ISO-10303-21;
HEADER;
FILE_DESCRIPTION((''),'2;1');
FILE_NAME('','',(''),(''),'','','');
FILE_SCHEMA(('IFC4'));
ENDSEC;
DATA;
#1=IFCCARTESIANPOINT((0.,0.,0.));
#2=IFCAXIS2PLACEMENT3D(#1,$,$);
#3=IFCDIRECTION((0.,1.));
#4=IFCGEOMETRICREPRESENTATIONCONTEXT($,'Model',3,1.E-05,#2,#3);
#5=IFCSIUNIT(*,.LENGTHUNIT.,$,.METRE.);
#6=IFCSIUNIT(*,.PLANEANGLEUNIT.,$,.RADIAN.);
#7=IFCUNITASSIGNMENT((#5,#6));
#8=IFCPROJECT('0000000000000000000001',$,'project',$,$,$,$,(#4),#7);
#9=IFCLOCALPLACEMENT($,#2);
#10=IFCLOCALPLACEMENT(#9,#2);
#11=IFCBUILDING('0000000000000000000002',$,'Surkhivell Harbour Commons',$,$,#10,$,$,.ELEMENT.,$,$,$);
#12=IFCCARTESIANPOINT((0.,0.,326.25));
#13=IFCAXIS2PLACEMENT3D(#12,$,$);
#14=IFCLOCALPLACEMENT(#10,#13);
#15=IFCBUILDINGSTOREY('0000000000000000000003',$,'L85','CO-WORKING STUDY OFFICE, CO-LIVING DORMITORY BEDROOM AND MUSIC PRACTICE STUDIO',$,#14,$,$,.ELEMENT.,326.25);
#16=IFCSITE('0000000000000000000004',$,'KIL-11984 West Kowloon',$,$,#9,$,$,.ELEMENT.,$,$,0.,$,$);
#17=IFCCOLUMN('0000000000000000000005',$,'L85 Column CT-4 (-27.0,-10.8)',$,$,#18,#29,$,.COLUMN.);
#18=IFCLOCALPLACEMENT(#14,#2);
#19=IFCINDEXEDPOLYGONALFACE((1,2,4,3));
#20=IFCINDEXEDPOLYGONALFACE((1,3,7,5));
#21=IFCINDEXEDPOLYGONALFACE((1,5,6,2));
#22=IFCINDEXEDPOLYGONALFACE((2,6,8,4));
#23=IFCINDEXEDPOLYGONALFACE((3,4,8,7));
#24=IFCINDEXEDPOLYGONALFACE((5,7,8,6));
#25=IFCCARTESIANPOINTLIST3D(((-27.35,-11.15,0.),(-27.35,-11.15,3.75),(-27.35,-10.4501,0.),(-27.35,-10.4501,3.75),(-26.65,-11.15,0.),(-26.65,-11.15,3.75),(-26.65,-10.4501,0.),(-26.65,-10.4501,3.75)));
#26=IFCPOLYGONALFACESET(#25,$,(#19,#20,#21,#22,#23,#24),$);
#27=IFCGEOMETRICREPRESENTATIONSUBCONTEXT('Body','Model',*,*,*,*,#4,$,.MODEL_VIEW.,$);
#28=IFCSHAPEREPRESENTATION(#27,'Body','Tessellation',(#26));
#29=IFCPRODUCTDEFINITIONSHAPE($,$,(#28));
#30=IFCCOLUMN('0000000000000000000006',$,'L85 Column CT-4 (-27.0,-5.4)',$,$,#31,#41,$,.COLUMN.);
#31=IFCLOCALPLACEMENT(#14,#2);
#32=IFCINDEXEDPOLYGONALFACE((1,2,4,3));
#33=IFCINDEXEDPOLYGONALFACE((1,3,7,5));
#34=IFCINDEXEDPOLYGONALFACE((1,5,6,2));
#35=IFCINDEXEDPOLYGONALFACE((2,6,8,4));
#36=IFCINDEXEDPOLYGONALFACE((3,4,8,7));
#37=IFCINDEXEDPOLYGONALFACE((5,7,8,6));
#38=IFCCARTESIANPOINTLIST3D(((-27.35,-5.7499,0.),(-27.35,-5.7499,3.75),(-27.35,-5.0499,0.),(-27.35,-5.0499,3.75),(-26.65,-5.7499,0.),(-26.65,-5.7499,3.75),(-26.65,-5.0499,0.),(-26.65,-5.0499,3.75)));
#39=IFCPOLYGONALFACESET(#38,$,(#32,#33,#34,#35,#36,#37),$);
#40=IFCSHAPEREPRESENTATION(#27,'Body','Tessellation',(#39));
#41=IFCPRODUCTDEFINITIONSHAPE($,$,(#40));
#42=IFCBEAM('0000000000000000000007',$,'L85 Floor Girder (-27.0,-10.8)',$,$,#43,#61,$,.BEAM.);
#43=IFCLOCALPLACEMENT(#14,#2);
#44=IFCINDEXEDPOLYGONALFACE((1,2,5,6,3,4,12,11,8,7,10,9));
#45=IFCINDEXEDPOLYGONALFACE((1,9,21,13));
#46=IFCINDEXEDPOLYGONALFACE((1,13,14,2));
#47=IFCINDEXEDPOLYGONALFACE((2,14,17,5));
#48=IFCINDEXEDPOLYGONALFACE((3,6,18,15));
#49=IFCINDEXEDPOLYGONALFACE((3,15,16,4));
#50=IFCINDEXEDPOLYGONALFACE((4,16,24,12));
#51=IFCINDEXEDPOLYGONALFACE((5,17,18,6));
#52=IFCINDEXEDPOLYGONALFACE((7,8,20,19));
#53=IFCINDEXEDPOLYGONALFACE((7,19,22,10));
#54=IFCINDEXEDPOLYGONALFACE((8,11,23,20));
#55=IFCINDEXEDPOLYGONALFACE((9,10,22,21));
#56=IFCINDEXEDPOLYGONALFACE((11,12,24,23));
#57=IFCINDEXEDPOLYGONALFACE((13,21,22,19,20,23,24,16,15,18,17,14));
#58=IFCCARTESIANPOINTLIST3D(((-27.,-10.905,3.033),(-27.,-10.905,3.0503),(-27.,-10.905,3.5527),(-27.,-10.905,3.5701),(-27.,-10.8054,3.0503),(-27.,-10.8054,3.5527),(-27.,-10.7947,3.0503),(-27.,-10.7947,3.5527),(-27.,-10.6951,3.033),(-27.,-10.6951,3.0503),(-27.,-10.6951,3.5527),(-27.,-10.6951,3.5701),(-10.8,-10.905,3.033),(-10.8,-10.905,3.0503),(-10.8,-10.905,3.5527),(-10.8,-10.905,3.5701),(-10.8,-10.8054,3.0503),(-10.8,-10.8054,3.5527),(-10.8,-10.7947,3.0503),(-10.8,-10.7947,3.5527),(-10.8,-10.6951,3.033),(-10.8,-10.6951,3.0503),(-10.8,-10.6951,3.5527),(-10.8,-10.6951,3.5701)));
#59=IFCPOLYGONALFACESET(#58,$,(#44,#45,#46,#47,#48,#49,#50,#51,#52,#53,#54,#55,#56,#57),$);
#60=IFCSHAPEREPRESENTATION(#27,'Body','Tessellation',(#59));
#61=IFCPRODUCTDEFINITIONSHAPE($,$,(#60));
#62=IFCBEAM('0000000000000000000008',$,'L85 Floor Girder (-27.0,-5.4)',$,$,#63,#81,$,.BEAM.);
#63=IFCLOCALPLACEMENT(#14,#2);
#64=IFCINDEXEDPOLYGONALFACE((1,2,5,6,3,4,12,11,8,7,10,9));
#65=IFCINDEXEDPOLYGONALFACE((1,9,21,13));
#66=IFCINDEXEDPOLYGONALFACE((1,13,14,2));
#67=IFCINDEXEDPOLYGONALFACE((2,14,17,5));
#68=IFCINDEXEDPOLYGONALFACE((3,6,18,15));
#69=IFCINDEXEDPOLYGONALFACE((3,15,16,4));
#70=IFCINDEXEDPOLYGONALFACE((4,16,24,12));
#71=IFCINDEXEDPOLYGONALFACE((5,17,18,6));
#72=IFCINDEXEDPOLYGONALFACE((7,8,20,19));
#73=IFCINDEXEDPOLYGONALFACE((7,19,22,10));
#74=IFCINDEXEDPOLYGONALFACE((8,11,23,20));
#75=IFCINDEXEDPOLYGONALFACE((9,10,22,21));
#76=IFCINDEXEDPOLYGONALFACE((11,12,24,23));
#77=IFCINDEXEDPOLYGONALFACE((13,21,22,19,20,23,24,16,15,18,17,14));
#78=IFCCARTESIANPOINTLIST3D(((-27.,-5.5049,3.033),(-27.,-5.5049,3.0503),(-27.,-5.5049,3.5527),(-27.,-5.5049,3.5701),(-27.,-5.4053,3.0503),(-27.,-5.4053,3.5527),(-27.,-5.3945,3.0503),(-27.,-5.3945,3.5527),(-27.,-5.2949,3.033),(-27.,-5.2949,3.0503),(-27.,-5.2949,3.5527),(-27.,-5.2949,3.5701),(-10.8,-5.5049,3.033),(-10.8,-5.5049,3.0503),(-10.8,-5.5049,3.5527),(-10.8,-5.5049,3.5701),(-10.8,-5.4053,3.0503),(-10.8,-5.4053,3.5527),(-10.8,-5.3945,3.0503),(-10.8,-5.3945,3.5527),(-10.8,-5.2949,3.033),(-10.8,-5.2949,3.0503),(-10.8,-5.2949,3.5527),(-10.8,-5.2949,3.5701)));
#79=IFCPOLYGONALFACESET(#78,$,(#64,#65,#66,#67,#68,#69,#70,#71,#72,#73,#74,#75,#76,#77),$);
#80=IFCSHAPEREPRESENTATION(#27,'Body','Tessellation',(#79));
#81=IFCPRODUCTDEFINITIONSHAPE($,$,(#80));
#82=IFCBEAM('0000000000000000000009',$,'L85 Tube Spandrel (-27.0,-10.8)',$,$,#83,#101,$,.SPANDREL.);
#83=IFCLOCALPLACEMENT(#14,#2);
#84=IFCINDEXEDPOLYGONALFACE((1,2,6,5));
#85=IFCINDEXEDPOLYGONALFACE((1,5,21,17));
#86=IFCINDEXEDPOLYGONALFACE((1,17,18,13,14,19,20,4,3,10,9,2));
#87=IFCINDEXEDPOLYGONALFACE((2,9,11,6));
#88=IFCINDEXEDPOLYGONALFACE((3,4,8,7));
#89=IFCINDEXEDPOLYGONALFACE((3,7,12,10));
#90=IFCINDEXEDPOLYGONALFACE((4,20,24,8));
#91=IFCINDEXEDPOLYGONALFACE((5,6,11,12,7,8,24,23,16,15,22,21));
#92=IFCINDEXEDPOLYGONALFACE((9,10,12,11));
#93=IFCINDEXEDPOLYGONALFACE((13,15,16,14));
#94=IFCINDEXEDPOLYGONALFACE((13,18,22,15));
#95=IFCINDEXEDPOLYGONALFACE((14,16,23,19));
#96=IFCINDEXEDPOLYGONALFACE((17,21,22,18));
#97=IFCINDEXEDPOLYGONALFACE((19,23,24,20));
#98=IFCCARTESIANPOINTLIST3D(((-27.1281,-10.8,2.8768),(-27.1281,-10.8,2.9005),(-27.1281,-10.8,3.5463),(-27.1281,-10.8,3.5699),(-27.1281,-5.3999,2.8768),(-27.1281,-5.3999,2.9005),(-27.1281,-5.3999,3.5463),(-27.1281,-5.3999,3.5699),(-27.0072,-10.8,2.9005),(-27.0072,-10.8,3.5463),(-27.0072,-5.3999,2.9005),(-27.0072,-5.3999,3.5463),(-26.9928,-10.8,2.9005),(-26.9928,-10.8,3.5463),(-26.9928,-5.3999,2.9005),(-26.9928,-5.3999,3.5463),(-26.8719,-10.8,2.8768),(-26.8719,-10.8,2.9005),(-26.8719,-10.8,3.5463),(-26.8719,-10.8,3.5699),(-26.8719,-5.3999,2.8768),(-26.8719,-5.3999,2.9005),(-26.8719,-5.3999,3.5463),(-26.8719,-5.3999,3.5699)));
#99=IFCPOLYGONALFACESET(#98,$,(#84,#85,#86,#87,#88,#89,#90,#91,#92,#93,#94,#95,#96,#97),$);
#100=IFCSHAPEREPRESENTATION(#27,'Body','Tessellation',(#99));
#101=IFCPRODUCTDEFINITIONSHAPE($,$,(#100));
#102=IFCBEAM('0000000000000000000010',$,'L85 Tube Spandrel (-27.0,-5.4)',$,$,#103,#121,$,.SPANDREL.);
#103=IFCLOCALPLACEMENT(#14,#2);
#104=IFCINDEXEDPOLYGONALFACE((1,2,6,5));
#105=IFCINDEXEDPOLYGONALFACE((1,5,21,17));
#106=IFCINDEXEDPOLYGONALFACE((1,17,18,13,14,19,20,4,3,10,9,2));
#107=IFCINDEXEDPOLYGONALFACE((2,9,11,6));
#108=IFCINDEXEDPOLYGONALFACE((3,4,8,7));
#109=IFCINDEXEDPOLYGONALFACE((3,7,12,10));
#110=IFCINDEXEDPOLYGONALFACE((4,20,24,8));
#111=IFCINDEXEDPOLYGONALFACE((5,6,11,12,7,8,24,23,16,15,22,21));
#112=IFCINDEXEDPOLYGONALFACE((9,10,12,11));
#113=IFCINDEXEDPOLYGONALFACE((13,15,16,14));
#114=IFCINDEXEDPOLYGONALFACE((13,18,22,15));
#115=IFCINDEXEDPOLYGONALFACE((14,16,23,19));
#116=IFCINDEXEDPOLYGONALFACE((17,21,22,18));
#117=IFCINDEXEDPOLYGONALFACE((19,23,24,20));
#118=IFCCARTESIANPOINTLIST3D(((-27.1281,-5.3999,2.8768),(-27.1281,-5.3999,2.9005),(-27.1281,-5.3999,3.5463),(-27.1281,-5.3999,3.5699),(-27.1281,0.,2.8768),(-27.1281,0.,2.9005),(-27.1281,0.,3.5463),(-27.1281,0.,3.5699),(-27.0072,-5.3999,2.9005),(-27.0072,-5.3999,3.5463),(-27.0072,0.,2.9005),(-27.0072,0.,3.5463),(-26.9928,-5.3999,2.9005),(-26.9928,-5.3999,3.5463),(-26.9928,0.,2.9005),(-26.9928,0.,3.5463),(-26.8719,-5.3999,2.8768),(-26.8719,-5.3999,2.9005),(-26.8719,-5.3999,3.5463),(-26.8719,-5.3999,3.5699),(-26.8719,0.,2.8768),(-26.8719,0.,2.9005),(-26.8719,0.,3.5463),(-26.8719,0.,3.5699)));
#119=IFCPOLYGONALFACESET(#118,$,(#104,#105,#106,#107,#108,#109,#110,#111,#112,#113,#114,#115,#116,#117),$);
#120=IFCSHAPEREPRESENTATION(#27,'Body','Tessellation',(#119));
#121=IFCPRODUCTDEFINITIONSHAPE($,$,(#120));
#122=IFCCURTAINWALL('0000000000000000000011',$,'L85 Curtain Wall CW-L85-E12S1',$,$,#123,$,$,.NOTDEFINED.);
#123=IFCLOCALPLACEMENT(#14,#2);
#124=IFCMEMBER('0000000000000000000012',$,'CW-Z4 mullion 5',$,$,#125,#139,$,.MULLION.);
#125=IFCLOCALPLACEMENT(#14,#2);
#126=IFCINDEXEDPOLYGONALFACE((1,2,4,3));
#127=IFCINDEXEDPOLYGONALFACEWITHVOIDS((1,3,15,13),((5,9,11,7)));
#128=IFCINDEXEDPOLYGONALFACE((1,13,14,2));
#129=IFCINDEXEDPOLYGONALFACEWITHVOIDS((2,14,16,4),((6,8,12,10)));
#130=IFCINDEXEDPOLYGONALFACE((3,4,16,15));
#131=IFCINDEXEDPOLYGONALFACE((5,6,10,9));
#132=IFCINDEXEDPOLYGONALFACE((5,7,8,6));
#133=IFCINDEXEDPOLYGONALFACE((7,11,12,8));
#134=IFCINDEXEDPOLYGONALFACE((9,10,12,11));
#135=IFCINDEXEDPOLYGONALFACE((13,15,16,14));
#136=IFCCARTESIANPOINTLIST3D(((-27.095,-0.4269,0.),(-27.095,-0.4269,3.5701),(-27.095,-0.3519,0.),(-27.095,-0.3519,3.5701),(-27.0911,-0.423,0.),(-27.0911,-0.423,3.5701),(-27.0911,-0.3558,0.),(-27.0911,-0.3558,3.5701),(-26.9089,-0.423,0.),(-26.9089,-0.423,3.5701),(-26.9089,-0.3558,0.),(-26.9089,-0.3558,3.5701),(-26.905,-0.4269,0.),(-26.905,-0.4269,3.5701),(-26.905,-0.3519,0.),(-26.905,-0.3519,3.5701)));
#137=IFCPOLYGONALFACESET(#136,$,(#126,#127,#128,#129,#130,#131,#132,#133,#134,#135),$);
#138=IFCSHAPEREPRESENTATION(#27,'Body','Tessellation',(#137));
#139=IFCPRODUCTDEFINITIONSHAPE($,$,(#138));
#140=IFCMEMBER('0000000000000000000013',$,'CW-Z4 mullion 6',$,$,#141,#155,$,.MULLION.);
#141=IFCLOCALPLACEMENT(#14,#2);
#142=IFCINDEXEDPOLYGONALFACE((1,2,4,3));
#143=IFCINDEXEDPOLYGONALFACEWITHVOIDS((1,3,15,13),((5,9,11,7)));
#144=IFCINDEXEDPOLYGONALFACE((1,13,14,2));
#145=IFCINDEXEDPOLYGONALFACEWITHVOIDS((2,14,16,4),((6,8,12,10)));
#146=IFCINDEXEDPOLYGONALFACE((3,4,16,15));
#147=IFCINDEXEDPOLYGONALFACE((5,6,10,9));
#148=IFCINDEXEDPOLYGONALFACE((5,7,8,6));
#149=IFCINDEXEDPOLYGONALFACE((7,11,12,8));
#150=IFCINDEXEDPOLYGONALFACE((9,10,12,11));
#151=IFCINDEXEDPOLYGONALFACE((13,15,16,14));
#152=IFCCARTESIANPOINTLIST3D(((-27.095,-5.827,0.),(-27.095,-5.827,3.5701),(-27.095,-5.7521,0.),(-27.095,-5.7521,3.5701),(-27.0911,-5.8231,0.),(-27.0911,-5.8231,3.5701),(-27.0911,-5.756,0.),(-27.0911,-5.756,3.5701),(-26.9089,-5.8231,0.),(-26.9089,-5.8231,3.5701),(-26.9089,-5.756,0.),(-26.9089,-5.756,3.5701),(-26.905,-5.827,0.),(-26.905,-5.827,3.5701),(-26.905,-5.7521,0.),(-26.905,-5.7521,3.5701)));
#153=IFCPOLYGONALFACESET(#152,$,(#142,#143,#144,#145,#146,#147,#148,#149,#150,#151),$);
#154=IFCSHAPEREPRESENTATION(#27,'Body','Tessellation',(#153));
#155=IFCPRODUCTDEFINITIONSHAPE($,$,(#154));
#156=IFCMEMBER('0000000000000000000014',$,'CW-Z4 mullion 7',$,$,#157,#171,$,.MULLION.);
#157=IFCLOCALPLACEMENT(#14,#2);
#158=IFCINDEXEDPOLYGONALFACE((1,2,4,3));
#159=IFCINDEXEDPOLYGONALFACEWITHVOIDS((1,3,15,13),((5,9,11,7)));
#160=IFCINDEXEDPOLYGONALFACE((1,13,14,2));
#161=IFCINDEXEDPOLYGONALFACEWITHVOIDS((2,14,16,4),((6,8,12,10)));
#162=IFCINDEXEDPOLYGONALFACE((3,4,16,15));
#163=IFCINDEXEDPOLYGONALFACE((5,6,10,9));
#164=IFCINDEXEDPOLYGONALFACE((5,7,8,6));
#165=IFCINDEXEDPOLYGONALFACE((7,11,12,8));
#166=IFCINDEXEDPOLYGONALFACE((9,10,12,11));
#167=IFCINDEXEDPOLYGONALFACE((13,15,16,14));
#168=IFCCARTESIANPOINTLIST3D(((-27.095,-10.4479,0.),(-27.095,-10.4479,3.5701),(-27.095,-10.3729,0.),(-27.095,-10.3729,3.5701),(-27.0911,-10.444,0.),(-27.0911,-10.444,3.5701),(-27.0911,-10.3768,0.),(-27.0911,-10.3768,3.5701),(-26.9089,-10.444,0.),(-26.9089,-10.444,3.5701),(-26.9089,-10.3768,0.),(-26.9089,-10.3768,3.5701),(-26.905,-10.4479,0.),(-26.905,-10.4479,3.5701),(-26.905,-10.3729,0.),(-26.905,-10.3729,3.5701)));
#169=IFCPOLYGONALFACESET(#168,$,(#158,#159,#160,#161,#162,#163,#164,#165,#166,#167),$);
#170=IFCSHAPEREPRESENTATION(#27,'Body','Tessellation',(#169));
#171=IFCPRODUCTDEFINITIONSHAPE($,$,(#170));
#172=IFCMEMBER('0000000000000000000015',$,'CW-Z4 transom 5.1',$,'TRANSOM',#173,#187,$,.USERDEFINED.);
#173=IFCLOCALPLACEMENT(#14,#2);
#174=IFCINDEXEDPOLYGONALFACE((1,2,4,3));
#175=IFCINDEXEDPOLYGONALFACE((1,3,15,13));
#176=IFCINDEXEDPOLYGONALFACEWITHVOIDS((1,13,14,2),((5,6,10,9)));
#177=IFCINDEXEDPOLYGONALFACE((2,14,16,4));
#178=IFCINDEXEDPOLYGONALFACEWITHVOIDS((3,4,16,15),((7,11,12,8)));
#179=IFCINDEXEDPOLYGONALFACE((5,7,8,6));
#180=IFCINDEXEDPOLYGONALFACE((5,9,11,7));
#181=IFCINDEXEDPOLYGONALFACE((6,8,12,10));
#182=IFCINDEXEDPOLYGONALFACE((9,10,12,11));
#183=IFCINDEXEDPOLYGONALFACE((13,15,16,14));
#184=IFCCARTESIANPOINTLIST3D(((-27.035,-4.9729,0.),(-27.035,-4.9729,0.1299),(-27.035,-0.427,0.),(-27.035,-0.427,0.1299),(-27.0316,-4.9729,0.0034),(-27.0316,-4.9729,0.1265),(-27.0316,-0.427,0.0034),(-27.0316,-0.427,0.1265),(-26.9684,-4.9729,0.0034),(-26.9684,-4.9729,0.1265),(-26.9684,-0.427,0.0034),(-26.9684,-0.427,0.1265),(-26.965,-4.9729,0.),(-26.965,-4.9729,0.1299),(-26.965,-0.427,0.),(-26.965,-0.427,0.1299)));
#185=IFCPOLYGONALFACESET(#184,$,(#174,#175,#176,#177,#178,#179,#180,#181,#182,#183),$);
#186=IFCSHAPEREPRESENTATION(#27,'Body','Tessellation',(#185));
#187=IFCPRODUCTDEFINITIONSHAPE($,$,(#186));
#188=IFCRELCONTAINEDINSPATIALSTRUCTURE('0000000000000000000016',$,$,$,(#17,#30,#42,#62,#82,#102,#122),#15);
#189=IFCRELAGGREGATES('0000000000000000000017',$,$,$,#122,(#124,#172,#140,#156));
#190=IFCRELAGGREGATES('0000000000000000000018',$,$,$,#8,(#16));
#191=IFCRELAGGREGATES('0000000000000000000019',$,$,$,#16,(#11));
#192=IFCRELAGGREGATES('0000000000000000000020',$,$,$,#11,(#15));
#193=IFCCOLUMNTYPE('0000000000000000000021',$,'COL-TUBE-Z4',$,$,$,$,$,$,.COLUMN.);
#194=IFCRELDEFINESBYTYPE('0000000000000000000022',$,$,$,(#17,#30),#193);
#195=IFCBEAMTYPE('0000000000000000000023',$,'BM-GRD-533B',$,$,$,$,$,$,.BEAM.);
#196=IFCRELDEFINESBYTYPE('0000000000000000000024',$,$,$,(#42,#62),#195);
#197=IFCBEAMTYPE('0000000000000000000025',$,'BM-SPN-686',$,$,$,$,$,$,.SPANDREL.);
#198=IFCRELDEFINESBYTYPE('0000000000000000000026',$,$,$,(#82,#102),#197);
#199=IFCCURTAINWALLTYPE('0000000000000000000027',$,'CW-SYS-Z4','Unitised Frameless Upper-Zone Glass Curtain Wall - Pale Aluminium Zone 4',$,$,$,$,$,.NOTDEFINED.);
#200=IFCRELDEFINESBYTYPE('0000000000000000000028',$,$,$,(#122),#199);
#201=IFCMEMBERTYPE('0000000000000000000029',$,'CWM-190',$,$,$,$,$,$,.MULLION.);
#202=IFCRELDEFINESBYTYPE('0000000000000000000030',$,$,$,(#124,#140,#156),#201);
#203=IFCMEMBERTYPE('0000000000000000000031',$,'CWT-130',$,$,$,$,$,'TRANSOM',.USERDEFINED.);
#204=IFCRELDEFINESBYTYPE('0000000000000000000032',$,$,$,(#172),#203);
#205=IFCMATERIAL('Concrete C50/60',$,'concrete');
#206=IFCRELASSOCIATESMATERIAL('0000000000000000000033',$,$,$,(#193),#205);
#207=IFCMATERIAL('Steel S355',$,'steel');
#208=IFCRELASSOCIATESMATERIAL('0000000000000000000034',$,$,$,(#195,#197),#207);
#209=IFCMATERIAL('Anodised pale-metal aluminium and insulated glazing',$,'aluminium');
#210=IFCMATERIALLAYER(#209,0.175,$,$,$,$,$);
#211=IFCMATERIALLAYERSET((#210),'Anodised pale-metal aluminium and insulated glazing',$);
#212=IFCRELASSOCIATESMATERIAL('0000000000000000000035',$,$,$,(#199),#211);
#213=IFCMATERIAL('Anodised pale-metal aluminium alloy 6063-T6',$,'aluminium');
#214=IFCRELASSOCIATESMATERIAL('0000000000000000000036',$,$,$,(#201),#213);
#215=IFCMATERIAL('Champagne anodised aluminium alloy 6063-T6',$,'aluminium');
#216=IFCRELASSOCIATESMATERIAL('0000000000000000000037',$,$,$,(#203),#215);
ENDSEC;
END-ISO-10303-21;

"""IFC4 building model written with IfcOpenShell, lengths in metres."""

from ifc_helpers import new_model, si_unit, direction, frame, origin, origin_2d, place, context, subcontext, project, spatial, rectangle, hollow_rectangle, i_section, extrude, material, layer, layer_set, material_profile, profile_set, type_object, element, aggregate, save


model = new_model("IFC4")

# Units and contexts
model_context = context("Model", 3, precision=1e-05, world=origin(), true_north=direction((0.0, 1.0)))
body_context = subcontext(model_context, "Body", "Model", "MODEL_VIEW")
ifc_project = project(units=[si_unit("LENGTHUNIT", "METRE"), si_unit("PLANEANGLEUNIT", "RADIAN")], contexts=[model_context])

# Site, building, storey
site_placement = place(None, origin())
site = spatial("IfcSite", under=ifc_project, at=site_placement, Name="KIL-11984 West Kowloon", CompositionType="ELEMENT", RefElevation=0.0)
building_placement = place(site_placement, origin())
building = spatial("IfcBuilding", under=site, at=building_placement, Name="Surkhivell Harbour Commons", CompositionType="ELEMENT")
storey_placement = place(building_placement, frame((0.0, 0.0, 326.25)))
storey = spatial("IfcBuildingStorey", under=building, at=storey_placement, Name="L85", Description="CO-WORKING STUDY OFFICE, CO-LIVING DORMITORY BEDROOM AND MUSIC PRACTICE STUDIO", CompositionType="ELEMENT", Elevation=326.25)

# Columns
ifc_material_1 = material(Name="Concrete C50/60", Category="concrete")
ifc_material_profile_1 = material_profile(ifc_material_1, rectangle(XDim=0.7, YDim=0.7, at=origin_2d()), Name="RC-COL-700x700")
ifc_profile_set_1 = profile_set([ifc_material_profile_1], Name="Concrete C50/60")
column_type = type_object("IfcColumnType", Name="COL-TUBE-Z4", PredefinedType="COLUMN", material=ifc_profile_set_1)
for number, where, z_axis, x_axis, name in (
    (1, (-27.0, -10.8, 0.0), (0.0, 0.0, 1.0), (1.0, 0.0, 0.0), "L85 Column CT-4 (-27.0,-10.8)"),
    (2, (-27.0, -5.3999, 0.0), (0.0, 0.0, 1.0), (1.0, 0.0, 0.0), "L85 Column CT-4 (-27.0,-5.4)"),
):
    element("IfcColumn", number, at=place(storey_placement, frame(where, z_axis=z_axis, x_axis=x_axis)), inside=storey, type_object=column_type, Name=name, PredefinedType="COLUMN", context=body_context, shape_type="SweptSolid", body=[
        extrude(rectangle(XDim=0.7, YDim=0.7, at=origin_2d()), origin(), (0.0, 0.0, 1.0), 3.75),
    ])

# Beams
ifc_material_2 = material(Name="Steel S355", Category="steel")
ifc_material_profile_2 = material_profile(ifc_material_2, i_section(OverallWidth=0.21, OverallDepth=0.5371, WebThickness=0.0107, FlangeThickness=0.0173, at=origin_2d()), Name="UB533x210x101")
ifc_profile_set_2 = profile_set([ifc_material_profile_2], Name="Steel S355")
beam_type_1 = type_object("IfcBeamType", Name="BM-GRD-533B", PredefinedType="BEAM", material=ifc_profile_set_2)
for number, where, z_axis, x_axis, name in (
    (3, (-27.0, -10.8, 3.3015), (1.0, 0.0, 0.0), (0.0, 1.0, 0.0), "L85 Floor Girder (-27.0,-10.8)"),
    (4, (-27.0, -5.3999, 3.3015), (1.0, 0.0, 0.0), (0.0, 1.0, 0.0), "L85 Floor Girder (-27.0,-5.4)"),
):
    element("IfcBeam", number, at=place(storey_placement, frame(where, z_axis=z_axis, x_axis=x_axis)), inside=storey, type_object=beam_type_1, Name=name, PredefinedType="BEAM", context=body_context, shape_type="SweptSolid", body=[
        extrude(i_section(OverallWidth=0.21, OverallDepth=0.5371, WebThickness=0.0107, FlangeThickness=0.0173, at=origin_2d()), origin(), (0.0, 0.0, 1.0), 16.2),
    ])
ifc_material_profile_3 = material_profile(ifc_material_2, i_section(OverallWidth=0.2561, OverallDepth=0.6931, WebThickness=0.0144, FlangeThickness=0.0237, at=origin_2d()), Name="UB686x254x170")
ifc_profile_set_3 = profile_set([ifc_material_profile_3], Name="Steel S355")
beam_type_2 = type_object("IfcBeamType", Name="BM-SPN-686", PredefinedType="SPANDREL", material=ifc_profile_set_3)
beam_1_placement = place(storey_placement, frame((-27.0, -10.8, 3.2234), z_axis=(0.0, 1.0, 0.0), x_axis=(-1.0, 0.0, 0.0)))
element("IfcBeam", 5, at=beam_1_placement, inside=storey, type_object=beam_type_2, Name="L85 Tube Spandrel (-27.0,-10.8)", PredefinedType="SPANDREL", context=body_context, shape_type="SweptSolid", body=[
    extrude(i_section(OverallWidth=0.2561, OverallDepth=0.6931, WebThickness=0.0144, FlangeThickness=0.0237, at=origin_2d()), origin(), (0.0, 0.0, 1.0), 5.4001),
])
beam_2_placement = place(storey_placement, frame((-27.0, -5.3999, 3.2234), z_axis=(0.0, 1.0, 0.0), x_axis=(-1.0, 0.0, 0.0)))
element("IfcBeam", 6, at=beam_2_placement, inside=storey, type_object=beam_type_2, Name="L85 Tube Spandrel (-27.0,-5.4)", PredefinedType="SPANDREL", context=body_context, shape_type="SweptSolid", body=[
    extrude(i_section(OverallWidth=0.2561, OverallDepth=0.6931, WebThickness=0.0144, FlangeThickness=0.0237, at=origin_2d()), origin(), (0.0, 0.0, 1.0), 5.3999),
])

# Curtain wall, members
ifc_material_3 = material(Name="Anodised pale-metal aluminium and insulated glazing", Category="aluminium")
ifc_layer_1 = layer(ifc_material_3, 0.175)
ifc_layer_set_1 = layer_set([ifc_layer_1], Name="Anodised pale-metal aluminium and insulated glazing")
curtain_wall_type = type_object("IfcCurtainWallType", Name="CW-SYS-Z4", Description="Unitised Frameless Upper-Zone Glass Curtain Wall - Pale Aluminium Zone 4", PredefinedType="NOTDEFINED", material=ifc_layer_set_1)
curtain_wall_placement = place(storey_placement, origin())
curtain_wall = element("IfcCurtainWall", 7, at=curtain_wall_placement, inside=storey, type_object=curtain_wall_type, Name="L85 Curtain Wall CW-L85-E12S1", PredefinedType="NOTDEFINED")
ifc_material_4 = material(Name="Anodised pale-metal aluminium alloy 6063-T6", Category="aluminium")
ifc_material_profile_4 = material_profile(ifc_material_4, hollow_rectangle(XDim=0.075, YDim=0.1899, WallThickness=0.0039, at=origin_2d()), Name="ALU-MULL-75x190")
ifc_profile_set_4 = profile_set([ifc_material_profile_4], Name="Anodised pale-metal aluminium alloy 6063-T6")
member_type_1 = type_object("IfcMemberType", Name="CWM-190", PredefinedType="MULLION", material=ifc_profile_set_4)
member_1_placement = place(storey_placement, frame((-27.0, -0.3894, 0.0), z_axis=(0.0, 0.0, 1.0), x_axis=(0.0, -1.0, 0.0)))
member_1 = element("IfcMember", 8, at=member_1_placement, type_object=member_type_1, Name="CW-Z4 mullion 5", PredefinedType="MULLION", context=body_context, shape_type="SweptSolid", body=[
    extrude(hollow_rectangle(XDim=0.075, YDim=0.1899, WallThickness=0.0039, at=origin_2d()), origin(), (0.0, 0.0, 1.0), 3.5701),
])
member_2_placement = place(storey_placement, frame((-27.0, -5.7896, 0.0), z_axis=(0.0, 0.0, 1.0), x_axis=(0.0, -1.0, 0.0)))
member_2 = element("IfcMember", 9, at=member_2_placement, type_object=member_type_1, Name="CW-Z4 mullion 6", PredefinedType="MULLION", context=body_context, shape_type="SweptSolid", body=[
    extrude(hollow_rectangle(XDim=0.075, YDim=0.1899, WallThickness=0.0039, at=origin_2d()), origin(), (0.0, 0.0, 1.0), 3.5701),
])
member_3_placement = place(storey_placement, frame((-27.0, -10.4104, 0.0), z_axis=(0.0, 0.0, 1.0), x_axis=(0.0, -1.0, 0.0)))
member_3 = element("IfcMember", 10, at=member_3_placement, type_object=member_type_1, Name="CW-Z4 mullion 7", PredefinedType="MULLION", context=body_context, shape_type="SweptSolid", body=[
    extrude(hollow_rectangle(XDim=0.075, YDim=0.1899, WallThickness=0.0039, at=origin_2d()), origin(), (0.0, 0.0, 1.0), 3.5701),
])
ifc_material_5 = material(Name="Champagne anodised aluminium alloy 6063-T6", Category="aluminium")
ifc_material_profile_5 = material_profile(ifc_material_5, hollow_rectangle(XDim=0.0701, YDim=0.1299, WallThickness=0.0034, at=origin_2d()), Name="ALU-TRAN-70x130")
ifc_profile_set_5 = profile_set([ifc_material_profile_5], Name="Champagne anodised aluminium alloy 6063-T6")
member_type_2 = type_object("IfcMemberType", Name="CWT-130", ElementType="TRANSOM", PredefinedType="USERDEFINED", material=ifc_profile_set_5)
member_4_placement = place(storey_placement, frame((-27.0, -0.427, 0.0649), z_axis=(0.0, -1.0, 0.0), x_axis=(1.0, 0.0, 0.0)))
member_4 = element("IfcMember", 11, at=member_4_placement, type_object=member_type_2, Name="CW-Z4 transom 5.1", ObjectType="TRANSOM", PredefinedType="USERDEFINED", context=body_context, shape_type="SweptSolid", body=[
    extrude(hollow_rectangle(XDim=0.0701, YDim=0.1299, WallThickness=0.0034, at=origin_2d()), origin(), (0.0, 0.0, 1.0), 4.5459),
])

aggregate(curtain_wall, [member_1, member_4, member_2, member_3])

save(model, "model.ifc")
